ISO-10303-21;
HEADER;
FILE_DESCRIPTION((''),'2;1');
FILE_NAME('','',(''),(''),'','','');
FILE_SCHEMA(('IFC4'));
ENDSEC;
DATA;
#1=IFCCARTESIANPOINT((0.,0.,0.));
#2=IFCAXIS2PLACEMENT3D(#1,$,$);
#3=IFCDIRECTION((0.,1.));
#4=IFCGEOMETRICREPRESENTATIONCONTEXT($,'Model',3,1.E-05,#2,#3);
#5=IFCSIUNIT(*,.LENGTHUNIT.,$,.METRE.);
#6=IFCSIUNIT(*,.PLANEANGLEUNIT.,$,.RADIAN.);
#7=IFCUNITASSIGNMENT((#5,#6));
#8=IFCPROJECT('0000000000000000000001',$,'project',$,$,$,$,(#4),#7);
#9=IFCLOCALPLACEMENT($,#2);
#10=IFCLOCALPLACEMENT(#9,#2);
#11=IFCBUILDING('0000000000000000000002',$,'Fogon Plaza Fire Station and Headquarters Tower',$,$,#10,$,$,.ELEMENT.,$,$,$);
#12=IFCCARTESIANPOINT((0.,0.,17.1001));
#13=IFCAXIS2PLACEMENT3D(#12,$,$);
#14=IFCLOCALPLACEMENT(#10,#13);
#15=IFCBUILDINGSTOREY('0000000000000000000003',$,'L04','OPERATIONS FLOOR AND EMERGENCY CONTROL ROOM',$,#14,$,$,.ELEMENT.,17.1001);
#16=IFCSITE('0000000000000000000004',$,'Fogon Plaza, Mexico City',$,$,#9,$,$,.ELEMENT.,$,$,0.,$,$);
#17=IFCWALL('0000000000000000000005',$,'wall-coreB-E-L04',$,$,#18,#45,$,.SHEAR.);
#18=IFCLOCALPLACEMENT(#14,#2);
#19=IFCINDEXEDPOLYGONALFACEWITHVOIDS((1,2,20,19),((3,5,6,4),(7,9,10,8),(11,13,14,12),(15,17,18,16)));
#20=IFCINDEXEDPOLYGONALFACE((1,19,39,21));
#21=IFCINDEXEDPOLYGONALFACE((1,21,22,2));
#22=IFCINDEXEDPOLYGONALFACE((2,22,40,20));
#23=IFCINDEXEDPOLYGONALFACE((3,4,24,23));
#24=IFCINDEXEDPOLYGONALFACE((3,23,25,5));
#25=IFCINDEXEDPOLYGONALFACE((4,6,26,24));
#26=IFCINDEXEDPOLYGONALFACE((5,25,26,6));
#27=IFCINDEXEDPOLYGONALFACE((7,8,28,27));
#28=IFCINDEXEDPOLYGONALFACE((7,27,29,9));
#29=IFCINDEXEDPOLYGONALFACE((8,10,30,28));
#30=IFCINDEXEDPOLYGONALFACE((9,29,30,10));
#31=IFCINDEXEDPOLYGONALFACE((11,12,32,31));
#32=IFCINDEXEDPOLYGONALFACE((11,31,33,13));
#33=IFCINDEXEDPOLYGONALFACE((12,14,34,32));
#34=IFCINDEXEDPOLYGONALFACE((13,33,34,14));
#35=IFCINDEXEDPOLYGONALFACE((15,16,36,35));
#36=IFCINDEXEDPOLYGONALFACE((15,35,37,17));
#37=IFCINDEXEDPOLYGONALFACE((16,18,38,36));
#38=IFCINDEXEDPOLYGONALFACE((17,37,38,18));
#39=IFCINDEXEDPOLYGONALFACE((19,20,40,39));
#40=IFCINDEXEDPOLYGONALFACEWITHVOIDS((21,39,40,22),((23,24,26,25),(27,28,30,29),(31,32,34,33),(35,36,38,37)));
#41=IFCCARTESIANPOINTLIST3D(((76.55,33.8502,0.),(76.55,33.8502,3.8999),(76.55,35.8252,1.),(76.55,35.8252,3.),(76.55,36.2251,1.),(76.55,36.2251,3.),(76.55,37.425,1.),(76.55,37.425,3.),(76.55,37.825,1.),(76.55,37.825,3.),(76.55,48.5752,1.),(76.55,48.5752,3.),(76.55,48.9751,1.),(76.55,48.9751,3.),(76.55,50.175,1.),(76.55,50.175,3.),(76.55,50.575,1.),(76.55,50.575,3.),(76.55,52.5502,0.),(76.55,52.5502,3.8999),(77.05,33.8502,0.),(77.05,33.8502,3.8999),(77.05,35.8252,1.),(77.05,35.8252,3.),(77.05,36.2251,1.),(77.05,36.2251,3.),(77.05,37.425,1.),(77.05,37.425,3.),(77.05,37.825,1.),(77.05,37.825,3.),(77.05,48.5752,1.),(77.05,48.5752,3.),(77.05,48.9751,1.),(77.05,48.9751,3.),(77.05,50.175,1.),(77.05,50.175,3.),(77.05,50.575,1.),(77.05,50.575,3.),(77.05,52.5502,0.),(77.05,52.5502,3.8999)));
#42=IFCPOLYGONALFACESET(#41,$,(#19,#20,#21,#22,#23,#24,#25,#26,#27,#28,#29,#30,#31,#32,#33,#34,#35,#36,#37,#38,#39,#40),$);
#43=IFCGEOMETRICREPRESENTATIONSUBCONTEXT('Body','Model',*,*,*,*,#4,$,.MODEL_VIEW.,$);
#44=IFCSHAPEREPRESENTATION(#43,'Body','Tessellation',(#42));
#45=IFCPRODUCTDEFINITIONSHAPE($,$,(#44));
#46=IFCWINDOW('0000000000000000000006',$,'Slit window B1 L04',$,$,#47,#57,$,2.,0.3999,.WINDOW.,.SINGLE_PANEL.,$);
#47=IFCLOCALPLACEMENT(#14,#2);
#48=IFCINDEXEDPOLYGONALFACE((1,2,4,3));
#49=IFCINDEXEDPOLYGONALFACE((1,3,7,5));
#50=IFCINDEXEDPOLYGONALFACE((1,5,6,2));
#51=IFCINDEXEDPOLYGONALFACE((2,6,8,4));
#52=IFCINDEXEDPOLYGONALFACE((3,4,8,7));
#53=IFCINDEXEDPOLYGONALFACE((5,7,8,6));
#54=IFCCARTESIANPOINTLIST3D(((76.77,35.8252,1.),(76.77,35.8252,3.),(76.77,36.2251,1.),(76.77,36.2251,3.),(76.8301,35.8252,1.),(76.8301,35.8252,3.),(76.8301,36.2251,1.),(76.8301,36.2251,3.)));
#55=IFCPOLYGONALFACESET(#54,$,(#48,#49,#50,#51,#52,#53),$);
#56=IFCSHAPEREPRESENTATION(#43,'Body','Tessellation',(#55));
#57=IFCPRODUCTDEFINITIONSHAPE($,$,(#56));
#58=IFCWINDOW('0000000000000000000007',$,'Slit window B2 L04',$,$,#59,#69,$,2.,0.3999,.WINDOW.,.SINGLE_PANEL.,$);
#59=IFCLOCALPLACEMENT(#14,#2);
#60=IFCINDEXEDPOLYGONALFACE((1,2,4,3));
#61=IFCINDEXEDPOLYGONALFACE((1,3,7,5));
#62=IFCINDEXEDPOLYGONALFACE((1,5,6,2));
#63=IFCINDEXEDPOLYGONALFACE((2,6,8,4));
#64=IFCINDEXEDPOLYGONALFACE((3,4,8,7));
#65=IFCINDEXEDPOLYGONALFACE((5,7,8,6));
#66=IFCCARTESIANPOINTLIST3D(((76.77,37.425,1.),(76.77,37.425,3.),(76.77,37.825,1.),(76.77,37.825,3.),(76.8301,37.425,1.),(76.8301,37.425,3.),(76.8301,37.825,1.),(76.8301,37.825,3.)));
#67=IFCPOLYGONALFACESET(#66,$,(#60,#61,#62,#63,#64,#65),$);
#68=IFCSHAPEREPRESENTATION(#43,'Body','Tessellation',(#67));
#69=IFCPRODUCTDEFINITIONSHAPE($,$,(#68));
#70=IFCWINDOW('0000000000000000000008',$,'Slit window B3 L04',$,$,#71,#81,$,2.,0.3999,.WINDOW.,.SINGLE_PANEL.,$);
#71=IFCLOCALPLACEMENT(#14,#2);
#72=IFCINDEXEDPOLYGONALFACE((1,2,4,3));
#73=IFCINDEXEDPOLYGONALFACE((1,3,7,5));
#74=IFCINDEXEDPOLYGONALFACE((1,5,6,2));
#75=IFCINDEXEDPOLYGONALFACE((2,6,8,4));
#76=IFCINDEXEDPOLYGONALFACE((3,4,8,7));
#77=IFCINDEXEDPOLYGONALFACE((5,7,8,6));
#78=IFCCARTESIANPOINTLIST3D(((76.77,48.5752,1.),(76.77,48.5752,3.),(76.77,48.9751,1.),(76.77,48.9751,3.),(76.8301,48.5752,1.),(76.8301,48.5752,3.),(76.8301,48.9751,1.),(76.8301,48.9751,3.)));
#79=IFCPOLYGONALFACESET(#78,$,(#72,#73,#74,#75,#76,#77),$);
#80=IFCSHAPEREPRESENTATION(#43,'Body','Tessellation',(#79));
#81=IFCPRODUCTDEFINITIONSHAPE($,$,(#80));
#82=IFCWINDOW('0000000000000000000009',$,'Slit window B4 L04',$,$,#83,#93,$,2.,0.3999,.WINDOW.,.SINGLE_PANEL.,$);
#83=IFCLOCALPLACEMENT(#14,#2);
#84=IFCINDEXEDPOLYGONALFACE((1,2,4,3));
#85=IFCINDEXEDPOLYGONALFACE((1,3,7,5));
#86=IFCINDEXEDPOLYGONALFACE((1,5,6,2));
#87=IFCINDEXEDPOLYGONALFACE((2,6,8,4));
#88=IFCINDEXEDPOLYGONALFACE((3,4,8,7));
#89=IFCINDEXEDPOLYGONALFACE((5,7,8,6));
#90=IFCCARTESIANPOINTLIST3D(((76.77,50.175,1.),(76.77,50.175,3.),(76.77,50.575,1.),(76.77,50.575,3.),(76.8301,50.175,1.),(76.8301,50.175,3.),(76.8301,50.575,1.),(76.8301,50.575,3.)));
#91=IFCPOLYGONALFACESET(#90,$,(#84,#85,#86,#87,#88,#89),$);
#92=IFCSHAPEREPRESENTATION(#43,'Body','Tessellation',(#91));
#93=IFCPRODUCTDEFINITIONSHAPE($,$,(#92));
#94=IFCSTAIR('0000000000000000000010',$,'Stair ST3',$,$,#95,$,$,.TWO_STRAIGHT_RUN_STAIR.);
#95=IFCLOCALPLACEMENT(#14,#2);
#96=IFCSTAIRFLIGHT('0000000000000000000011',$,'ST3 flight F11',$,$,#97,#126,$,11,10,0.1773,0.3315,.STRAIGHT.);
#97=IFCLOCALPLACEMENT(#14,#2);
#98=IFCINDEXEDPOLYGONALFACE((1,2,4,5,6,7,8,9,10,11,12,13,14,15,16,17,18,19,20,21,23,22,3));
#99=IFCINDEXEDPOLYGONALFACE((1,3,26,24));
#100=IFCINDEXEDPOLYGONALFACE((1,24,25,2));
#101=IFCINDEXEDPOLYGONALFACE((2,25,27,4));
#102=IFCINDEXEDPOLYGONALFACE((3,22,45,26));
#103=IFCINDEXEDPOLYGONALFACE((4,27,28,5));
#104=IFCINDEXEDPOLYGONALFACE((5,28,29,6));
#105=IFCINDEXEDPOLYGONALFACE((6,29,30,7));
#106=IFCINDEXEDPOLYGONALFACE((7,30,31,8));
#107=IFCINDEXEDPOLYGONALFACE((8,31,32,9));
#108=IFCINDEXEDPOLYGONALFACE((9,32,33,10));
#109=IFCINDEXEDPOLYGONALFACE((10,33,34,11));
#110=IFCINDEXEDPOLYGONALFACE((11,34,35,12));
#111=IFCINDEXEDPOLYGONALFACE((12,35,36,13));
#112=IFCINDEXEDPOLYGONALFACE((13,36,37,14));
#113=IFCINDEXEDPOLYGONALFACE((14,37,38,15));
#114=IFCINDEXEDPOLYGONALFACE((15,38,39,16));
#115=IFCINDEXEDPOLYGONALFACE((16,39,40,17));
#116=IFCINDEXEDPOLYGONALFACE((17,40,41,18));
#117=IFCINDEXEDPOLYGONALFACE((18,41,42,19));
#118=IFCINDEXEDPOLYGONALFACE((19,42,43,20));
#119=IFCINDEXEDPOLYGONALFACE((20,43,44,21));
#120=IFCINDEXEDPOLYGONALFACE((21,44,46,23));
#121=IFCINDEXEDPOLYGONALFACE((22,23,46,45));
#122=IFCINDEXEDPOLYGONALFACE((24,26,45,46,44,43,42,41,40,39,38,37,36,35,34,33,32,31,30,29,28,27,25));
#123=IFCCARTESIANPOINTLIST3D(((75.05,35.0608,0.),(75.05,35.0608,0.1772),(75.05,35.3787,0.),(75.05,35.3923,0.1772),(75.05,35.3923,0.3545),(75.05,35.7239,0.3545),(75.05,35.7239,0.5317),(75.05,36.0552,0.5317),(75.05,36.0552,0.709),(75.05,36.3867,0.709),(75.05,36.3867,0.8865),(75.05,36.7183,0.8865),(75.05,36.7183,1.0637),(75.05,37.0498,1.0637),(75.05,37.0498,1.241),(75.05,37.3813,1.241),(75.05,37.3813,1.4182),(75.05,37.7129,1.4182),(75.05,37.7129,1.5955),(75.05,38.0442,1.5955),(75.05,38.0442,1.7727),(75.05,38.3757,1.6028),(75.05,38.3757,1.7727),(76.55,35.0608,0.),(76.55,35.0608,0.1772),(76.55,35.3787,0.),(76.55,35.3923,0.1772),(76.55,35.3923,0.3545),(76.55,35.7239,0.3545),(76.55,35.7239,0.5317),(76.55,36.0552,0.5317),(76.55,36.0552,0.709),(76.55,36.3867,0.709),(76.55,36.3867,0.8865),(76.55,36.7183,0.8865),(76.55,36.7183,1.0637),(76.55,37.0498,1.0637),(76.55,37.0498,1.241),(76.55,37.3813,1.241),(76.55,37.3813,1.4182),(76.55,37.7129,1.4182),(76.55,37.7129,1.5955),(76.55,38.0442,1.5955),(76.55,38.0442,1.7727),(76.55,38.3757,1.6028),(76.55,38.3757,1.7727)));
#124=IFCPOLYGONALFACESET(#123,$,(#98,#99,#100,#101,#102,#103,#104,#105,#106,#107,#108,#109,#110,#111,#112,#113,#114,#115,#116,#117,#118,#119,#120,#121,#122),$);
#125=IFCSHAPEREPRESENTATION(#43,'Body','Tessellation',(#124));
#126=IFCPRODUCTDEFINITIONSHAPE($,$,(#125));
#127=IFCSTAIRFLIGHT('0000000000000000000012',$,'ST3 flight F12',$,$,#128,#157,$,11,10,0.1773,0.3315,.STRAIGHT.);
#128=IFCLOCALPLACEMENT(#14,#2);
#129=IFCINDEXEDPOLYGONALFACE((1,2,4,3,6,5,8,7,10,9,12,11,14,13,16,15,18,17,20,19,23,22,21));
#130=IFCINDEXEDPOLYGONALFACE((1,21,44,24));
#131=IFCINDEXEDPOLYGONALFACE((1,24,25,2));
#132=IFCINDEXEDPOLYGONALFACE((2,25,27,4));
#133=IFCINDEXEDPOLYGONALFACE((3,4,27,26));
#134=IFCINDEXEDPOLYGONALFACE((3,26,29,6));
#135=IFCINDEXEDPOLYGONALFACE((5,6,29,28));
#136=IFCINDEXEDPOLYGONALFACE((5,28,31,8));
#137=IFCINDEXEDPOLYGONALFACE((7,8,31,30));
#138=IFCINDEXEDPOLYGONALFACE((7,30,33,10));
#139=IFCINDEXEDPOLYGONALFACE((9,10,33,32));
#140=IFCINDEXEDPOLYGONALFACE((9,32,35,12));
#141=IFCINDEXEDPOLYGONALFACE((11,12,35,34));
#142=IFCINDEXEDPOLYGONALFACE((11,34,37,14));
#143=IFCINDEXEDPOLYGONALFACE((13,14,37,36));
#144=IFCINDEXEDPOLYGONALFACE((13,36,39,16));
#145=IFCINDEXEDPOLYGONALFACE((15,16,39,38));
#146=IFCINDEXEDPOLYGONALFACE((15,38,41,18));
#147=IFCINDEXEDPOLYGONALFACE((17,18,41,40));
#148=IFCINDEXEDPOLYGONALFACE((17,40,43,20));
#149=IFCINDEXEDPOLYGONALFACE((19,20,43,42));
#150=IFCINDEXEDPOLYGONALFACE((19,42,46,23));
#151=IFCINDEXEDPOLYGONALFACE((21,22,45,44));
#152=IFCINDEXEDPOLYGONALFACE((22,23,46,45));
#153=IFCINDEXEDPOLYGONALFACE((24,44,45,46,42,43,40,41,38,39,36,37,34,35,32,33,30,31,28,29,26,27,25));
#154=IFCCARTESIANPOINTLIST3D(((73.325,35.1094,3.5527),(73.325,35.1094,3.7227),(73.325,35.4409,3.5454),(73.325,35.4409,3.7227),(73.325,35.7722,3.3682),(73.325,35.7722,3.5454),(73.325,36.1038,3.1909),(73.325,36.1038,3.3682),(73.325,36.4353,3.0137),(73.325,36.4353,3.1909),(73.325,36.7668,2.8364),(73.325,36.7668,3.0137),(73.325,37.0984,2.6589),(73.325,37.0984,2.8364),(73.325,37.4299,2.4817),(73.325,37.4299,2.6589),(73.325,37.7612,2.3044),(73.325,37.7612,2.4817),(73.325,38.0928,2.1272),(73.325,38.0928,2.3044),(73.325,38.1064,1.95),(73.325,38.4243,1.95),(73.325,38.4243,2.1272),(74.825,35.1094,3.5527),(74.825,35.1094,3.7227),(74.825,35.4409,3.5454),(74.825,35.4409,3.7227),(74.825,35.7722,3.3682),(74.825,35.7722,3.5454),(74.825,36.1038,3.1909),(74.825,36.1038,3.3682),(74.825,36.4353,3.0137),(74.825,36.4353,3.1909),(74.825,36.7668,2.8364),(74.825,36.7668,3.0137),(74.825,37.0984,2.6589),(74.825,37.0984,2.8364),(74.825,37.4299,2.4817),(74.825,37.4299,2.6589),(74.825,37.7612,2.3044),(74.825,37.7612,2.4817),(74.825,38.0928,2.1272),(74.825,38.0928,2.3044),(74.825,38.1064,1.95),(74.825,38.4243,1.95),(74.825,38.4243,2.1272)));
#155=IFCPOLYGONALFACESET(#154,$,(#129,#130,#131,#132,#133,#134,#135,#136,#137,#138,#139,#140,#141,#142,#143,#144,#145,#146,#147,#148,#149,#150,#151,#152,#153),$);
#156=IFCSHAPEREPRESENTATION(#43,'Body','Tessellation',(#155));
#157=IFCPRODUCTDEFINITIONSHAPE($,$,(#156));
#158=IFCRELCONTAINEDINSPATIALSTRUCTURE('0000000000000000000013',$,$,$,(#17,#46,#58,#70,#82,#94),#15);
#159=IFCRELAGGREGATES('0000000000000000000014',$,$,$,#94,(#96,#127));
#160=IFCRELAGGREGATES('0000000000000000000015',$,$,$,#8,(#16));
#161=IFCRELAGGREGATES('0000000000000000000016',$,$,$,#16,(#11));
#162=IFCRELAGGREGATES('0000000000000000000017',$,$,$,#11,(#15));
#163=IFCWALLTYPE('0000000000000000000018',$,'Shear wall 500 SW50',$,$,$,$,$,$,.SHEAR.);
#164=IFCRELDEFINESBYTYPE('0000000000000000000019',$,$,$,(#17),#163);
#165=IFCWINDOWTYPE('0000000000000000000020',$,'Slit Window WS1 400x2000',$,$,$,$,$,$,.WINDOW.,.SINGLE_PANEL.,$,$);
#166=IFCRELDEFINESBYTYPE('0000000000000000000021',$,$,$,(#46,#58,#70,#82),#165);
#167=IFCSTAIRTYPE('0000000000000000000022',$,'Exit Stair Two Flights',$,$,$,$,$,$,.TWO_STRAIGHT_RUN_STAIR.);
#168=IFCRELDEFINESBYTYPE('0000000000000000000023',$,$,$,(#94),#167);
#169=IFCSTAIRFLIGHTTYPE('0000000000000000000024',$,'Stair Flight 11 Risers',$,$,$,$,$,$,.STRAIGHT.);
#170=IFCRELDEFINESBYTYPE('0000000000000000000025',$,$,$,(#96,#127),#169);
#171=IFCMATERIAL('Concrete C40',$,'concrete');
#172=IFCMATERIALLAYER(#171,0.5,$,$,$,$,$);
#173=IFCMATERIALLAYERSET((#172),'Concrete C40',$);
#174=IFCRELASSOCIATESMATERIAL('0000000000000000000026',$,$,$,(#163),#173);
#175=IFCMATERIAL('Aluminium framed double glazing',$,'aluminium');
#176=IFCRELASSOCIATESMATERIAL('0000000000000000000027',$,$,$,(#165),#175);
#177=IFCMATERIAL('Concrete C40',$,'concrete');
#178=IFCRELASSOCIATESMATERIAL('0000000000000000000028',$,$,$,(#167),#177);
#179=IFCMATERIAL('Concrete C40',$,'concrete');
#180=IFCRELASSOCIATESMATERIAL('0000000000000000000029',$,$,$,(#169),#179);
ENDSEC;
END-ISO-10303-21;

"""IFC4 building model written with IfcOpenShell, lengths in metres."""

from ifc_helpers import new_model, si_unit, direction, frame, frame_2d, origin, place, context, subcontext, project, spatial, polyline, rectangle, outline, extrude, material, layer, layer_set, type_object, element, fill, aggregate, save


model = new_model("IFC4")

# Units and contexts
model_context = context("Model", 3, precision=1e-05, world=origin(), true_north=direction((0.0, 1.0)))
body_context = subcontext(model_context, "Body", "Model", "MODEL_VIEW")
ifc_project = project(units=[si_unit("LENGTHUNIT", "METRE"), si_unit("PLANEANGLEUNIT", "RADIAN")], contexts=[model_context])

# Site, building, storey
site_placement = place(None, origin())
site = spatial("IfcSite", under=ifc_project, at=site_placement, Name="Fogon Plaza, Mexico City", CompositionType="ELEMENT", RefElevation=0.0)
building_placement = place(site_placement, origin())
building = spatial("IfcBuilding", under=site, at=building_placement, Name="Fogon Plaza Fire Station and Headquarters Tower", CompositionType="ELEMENT")
storey_placement = place(building_placement, frame((0.0, 0.0, 17.1001)))
storey = spatial("IfcBuildingStorey", under=building, at=storey_placement, Name="L04", Description="OPERATIONS FLOOR AND EMERGENCY CONTROL ROOM", CompositionType="ELEMENT", Elevation=17.1001)

# Wall, openings, windows
ifc_material_1 = material(Name="Concrete C40", Category="concrete")
ifc_layer_1 = layer(ifc_material_1, 0.5)
ifc_layer_set_1 = layer_set([ifc_layer_1], Name="Concrete C40")
wall_type_1 = type_object("IfcWallType", Name="Shear wall 500 SW50", PredefinedType="SHEAR", material=ifc_layer_set_1)
wall_1_placement = place(storey_placement, frame((76.8, 33.8501, 0.0), z_axis=(0.0, 0.0, 1.0), x_axis=(0.0, 1.0, 0.0)))
wall_1 = element("IfcWall", 1, at=wall_1_placement, inside=storey, type_object=wall_type_1, Name="wall-coreB-E-L04", PredefinedType="SHEAR", context=body_context, shape_type="SweptSolid", body=[
    extrude(rectangle(XDim=18.7, YDim=0.5, at=frame_2d((9.3501, 0.0))), origin(), (0.0, 0.0, 1.0), 3.8999),
])
opening_1_placement = place(wall_1_placement, frame((1.9751, 0.0, 1.0)))
opening_1 = element("IfcOpeningElement", 2, at=opening_1_placement, cuts=wall_1, PredefinedType="OPENING", context=body_context, shape_type="SweptSolid", body=[
    extrude(rectangle(XDim=0.3999, YDim=2.0, at=frame_2d((0.2, 1.0))), frame((0.0, 0.26, 0.0), z_axis=(0.0, -1.0, 0.0), x_axis=(1.0, 0.0, 0.0)), (0.0, 0.0, 1.0), 0.52),
])
opening_2_placement = place(wall_1_placement, frame((3.575, 0.0, 1.0)))
opening_2 = element("IfcOpeningElement", 3, at=opening_2_placement, cuts=wall_1, PredefinedType="OPENING", context=body_context, shape_type="SweptSolid", body=[
    extrude(rectangle(XDim=0.3999, YDim=2.0, at=frame_2d((0.2, 1.0))), frame((0.0, 0.26, 0.0), z_axis=(0.0, -1.0, 0.0), x_axis=(1.0, 0.0, 0.0)), (0.0, 0.0, 1.0), 0.52),
])
opening_3_placement = place(wall_1_placement, frame((14.7251, 0.0, 1.0)))
opening_3 = element("IfcOpeningElement", 4, at=opening_3_placement, cuts=wall_1, PredefinedType="OPENING", context=body_context, shape_type="SweptSolid", body=[
    extrude(rectangle(XDim=0.3999, YDim=2.0, at=frame_2d((0.2, 1.0))), frame((0.0, 0.26, 0.0), z_axis=(0.0, -1.0, 0.0), x_axis=(1.0, 0.0, 0.0)), (0.0, 0.0, 1.0), 0.52),
])
opening_4_placement = place(wall_1_placement, frame((16.325, 0.0, 1.0)))
opening_4 = element("IfcOpeningElement", 5, at=opening_4_placement, cuts=wall_1, PredefinedType="OPENING", context=body_context, shape_type="SweptSolid", body=[
    extrude(rectangle(XDim=0.3999, YDim=2.0, at=frame_2d((0.2, 1.0))), frame((0.0, 0.26, 0.0), z_axis=(0.0, -1.0, 0.0), x_axis=(1.0, 0.0, 0.0)), (0.0, 0.0, 1.0), 0.52),
])
ifc_material_2 = material(Name="Aluminium framed double glazing", Category="aluminium")
window_type = type_object("IfcWindowType", Name="Slit Window WS1 400x2000", PartitioningType="SINGLE_PANEL", PredefinedType="WINDOW", material=ifc_material_2)
window_1_placement = place(opening_1_placement, origin())
window_1 = element("IfcWindow", 6, at=window_1_placement, inside=storey, type_object=window_type, Name="Slit window B1 L04", OverallHeight=2.0, OverallWidth=0.3999, PartitioningType="SINGLE_PANEL", PredefinedType="WINDOW", context=body_context, shape_type="SweptSolid", body=[
    extrude(rectangle(XDim=0.3999, YDim=2.0, at=frame_2d((0.2, 1.0))), frame((0.0, 0.03, 0.0), z_axis=(0.0, -1.0, 0.0), x_axis=(1.0, 0.0, 0.0)), (0.0, 0.0, 1.0), 0.0601),
])
fill(opening_1, window_1)
window_2_placement = place(opening_2_placement, origin())
window_2 = element("IfcWindow", 7, at=window_2_placement, inside=storey, type_object=window_type, Name="Slit window B2 L04", OverallHeight=2.0, OverallWidth=0.3999, PartitioningType="SINGLE_PANEL", PredefinedType="WINDOW", context=body_context, shape_type="SweptSolid", body=[
    extrude(rectangle(XDim=0.3999, YDim=2.0, at=frame_2d((0.2, 1.0))), frame((0.0, 0.03, 0.0), z_axis=(0.0, -1.0, 0.0), x_axis=(1.0, 0.0, 0.0)), (0.0, 0.0, 1.0), 0.0601),
])
fill(opening_2, window_2)
window_3_placement = place(opening_3_placement, origin())
window_3 = element("IfcWindow", 8, at=window_3_placement, inside=storey, type_object=window_type, Name="Slit window B3 L04", OverallHeight=2.0, OverallWidth=0.3999, PartitioningType="SINGLE_PANEL", PredefinedType="WINDOW", context=body_context, shape_type="SweptSolid", body=[
    extrude(rectangle(XDim=0.3999, YDim=2.0, at=frame_2d((0.2, 1.0))), frame((0.0, 0.03, 0.0), z_axis=(0.0, -1.0, 0.0), x_axis=(1.0, 0.0, 0.0)), (0.0, 0.0, 1.0), 0.0601),
])
fill(opening_3, window_3)
window_4_placement = place(opening_4_placement, origin())
window_4 = element("IfcWindow", 9, at=window_4_placement, inside=storey, type_object=window_type, Name="Slit window B4 L04", OverallHeight=2.0, OverallWidth=0.3999, PartitioningType="SINGLE_PANEL", PredefinedType="WINDOW", context=body_context, shape_type="SweptSolid", body=[
    extrude(rectangle(XDim=0.3999, YDim=2.0, at=frame_2d((0.2, 1.0))), frame((0.0, 0.03, 0.0), z_axis=(0.0, -1.0, 0.0), x_axis=(1.0, 0.0, 0.0)), (0.0, 0.0, 1.0), 0.0601),
])
fill(opening_4, window_4)

# Stair, stair flights
ifc_material_3 = material(Name="Concrete C40", Category="concrete")
stair_type = type_object("IfcStairType", Name="Exit Stair Two Flights", PredefinedType="TWO_STRAIGHT_RUN_STAIR", material=ifc_material_3)
stair_placement = place(storey_placement, origin())
stair = element("IfcStair", 10, at=stair_placement, inside=storey, type_object=stair_type, Name="Stair ST3", PredefinedType="TWO_STRAIGHT_RUN_STAIR")
ifc_material_4 = material(Name="Concrete C40", Category="concrete")
stair_flight_type = type_object("IfcStairFlightType", Name="Stair Flight 11 Risers", PredefinedType="STRAIGHT", material=ifc_material_4)
stair_flight_1_placement = place(storey_placement, frame((75.8, 35.0608, 0.0), z_axis=(0.0, 0.0, 1.0), x_axis=(0.0, 1.0, 0.0)))
stair_flight_1 = element("IfcStairFlight", 11, at=stair_flight_1_placement, type_object=stair_flight_type, Name="ST3 flight F11", NumberOfRisers=11, NumberOfTreads=10, PredefinedType="STRAIGHT", RiserHeight=0.1773, TreadLength=0.3315, context=body_context, shape_type="SweptSolid", body=[
    extrude(outline(polyline([(0.0, 0.0), (0.0, 0.1772), (0.3315, 0.1772), (0.3315, 0.3545), (0.6631, 0.3545), (0.6631, 0.5317), (0.9944, 0.5317), (0.9944, 0.709), (1.3259, 0.709), (1.3259, 0.8865), (1.6575, 0.8865), (1.6575, 1.0637), (1.989, 1.0637), (1.989, 1.241), (2.3206, 1.241), (2.3206, 1.4182), (2.6521, 1.4182), (2.6521, 1.5955), (2.9834, 1.5955), (2.9834, 1.7727), (3.3149, 1.7727), (3.3149, 1.95), (3.3149, 1.6028), (0.3179, 0.0), (0.0, 0.0)])), frame((0.0, 0.75, 0.0), z_axis=(0.0, -1.0, 0.0), x_axis=(1.0, 0.0, 0.0)), (0.0, 0.0, 1.0), 1.5),
])
stair_flight_2_placement = place(storey_placement, frame((74.075, 38.4243, 1.95), z_axis=(0.0, 0.0, 1.0), x_axis=(0.0, -1.0, 0.0)))
stair_flight_2 = element("IfcStairFlight", 12, at=stair_flight_2_placement, type_object=stair_flight_type, Name="ST3 flight F12", NumberOfRisers=11, NumberOfTreads=10, PredefinedType="STRAIGHT", RiserHeight=0.1773, TreadLength=0.3315, context=body_context, shape_type="SweptSolid", body=[
    extrude(outline(polyline([(0.0, 0.0), (0.0, 0.1772), (0.3315, 0.1772), (0.3315, 0.3545), (0.6631, 0.3545), (0.6631, 0.5317), (0.9944, 0.5317), (0.9944, 0.709), (1.3259, 0.709), (1.3259, 0.8865), (1.6575, 0.8865), (1.6575, 1.0637), (1.989, 1.0637), (1.989, 1.241), (2.3206, 1.241), (2.3206, 1.4182), (2.6521, 1.4182), (2.6521, 1.5955), (2.9834, 1.5955), (2.9834, 1.7727), (3.3149, 1.7727), (3.3149, 1.95), (3.3149, 1.6028), (0.3179, 0.0), (0.0, 0.0)])), frame((0.0, 0.75, 0.0), z_axis=(0.0, -1.0, 0.0), x_axis=(1.0, 0.0, 0.0)), (0.0, 0.0, 1.0), 1.5),
])
aggregate(stair, [stair_flight_1, stair_flight_2])

save(model, "model.ifc")
